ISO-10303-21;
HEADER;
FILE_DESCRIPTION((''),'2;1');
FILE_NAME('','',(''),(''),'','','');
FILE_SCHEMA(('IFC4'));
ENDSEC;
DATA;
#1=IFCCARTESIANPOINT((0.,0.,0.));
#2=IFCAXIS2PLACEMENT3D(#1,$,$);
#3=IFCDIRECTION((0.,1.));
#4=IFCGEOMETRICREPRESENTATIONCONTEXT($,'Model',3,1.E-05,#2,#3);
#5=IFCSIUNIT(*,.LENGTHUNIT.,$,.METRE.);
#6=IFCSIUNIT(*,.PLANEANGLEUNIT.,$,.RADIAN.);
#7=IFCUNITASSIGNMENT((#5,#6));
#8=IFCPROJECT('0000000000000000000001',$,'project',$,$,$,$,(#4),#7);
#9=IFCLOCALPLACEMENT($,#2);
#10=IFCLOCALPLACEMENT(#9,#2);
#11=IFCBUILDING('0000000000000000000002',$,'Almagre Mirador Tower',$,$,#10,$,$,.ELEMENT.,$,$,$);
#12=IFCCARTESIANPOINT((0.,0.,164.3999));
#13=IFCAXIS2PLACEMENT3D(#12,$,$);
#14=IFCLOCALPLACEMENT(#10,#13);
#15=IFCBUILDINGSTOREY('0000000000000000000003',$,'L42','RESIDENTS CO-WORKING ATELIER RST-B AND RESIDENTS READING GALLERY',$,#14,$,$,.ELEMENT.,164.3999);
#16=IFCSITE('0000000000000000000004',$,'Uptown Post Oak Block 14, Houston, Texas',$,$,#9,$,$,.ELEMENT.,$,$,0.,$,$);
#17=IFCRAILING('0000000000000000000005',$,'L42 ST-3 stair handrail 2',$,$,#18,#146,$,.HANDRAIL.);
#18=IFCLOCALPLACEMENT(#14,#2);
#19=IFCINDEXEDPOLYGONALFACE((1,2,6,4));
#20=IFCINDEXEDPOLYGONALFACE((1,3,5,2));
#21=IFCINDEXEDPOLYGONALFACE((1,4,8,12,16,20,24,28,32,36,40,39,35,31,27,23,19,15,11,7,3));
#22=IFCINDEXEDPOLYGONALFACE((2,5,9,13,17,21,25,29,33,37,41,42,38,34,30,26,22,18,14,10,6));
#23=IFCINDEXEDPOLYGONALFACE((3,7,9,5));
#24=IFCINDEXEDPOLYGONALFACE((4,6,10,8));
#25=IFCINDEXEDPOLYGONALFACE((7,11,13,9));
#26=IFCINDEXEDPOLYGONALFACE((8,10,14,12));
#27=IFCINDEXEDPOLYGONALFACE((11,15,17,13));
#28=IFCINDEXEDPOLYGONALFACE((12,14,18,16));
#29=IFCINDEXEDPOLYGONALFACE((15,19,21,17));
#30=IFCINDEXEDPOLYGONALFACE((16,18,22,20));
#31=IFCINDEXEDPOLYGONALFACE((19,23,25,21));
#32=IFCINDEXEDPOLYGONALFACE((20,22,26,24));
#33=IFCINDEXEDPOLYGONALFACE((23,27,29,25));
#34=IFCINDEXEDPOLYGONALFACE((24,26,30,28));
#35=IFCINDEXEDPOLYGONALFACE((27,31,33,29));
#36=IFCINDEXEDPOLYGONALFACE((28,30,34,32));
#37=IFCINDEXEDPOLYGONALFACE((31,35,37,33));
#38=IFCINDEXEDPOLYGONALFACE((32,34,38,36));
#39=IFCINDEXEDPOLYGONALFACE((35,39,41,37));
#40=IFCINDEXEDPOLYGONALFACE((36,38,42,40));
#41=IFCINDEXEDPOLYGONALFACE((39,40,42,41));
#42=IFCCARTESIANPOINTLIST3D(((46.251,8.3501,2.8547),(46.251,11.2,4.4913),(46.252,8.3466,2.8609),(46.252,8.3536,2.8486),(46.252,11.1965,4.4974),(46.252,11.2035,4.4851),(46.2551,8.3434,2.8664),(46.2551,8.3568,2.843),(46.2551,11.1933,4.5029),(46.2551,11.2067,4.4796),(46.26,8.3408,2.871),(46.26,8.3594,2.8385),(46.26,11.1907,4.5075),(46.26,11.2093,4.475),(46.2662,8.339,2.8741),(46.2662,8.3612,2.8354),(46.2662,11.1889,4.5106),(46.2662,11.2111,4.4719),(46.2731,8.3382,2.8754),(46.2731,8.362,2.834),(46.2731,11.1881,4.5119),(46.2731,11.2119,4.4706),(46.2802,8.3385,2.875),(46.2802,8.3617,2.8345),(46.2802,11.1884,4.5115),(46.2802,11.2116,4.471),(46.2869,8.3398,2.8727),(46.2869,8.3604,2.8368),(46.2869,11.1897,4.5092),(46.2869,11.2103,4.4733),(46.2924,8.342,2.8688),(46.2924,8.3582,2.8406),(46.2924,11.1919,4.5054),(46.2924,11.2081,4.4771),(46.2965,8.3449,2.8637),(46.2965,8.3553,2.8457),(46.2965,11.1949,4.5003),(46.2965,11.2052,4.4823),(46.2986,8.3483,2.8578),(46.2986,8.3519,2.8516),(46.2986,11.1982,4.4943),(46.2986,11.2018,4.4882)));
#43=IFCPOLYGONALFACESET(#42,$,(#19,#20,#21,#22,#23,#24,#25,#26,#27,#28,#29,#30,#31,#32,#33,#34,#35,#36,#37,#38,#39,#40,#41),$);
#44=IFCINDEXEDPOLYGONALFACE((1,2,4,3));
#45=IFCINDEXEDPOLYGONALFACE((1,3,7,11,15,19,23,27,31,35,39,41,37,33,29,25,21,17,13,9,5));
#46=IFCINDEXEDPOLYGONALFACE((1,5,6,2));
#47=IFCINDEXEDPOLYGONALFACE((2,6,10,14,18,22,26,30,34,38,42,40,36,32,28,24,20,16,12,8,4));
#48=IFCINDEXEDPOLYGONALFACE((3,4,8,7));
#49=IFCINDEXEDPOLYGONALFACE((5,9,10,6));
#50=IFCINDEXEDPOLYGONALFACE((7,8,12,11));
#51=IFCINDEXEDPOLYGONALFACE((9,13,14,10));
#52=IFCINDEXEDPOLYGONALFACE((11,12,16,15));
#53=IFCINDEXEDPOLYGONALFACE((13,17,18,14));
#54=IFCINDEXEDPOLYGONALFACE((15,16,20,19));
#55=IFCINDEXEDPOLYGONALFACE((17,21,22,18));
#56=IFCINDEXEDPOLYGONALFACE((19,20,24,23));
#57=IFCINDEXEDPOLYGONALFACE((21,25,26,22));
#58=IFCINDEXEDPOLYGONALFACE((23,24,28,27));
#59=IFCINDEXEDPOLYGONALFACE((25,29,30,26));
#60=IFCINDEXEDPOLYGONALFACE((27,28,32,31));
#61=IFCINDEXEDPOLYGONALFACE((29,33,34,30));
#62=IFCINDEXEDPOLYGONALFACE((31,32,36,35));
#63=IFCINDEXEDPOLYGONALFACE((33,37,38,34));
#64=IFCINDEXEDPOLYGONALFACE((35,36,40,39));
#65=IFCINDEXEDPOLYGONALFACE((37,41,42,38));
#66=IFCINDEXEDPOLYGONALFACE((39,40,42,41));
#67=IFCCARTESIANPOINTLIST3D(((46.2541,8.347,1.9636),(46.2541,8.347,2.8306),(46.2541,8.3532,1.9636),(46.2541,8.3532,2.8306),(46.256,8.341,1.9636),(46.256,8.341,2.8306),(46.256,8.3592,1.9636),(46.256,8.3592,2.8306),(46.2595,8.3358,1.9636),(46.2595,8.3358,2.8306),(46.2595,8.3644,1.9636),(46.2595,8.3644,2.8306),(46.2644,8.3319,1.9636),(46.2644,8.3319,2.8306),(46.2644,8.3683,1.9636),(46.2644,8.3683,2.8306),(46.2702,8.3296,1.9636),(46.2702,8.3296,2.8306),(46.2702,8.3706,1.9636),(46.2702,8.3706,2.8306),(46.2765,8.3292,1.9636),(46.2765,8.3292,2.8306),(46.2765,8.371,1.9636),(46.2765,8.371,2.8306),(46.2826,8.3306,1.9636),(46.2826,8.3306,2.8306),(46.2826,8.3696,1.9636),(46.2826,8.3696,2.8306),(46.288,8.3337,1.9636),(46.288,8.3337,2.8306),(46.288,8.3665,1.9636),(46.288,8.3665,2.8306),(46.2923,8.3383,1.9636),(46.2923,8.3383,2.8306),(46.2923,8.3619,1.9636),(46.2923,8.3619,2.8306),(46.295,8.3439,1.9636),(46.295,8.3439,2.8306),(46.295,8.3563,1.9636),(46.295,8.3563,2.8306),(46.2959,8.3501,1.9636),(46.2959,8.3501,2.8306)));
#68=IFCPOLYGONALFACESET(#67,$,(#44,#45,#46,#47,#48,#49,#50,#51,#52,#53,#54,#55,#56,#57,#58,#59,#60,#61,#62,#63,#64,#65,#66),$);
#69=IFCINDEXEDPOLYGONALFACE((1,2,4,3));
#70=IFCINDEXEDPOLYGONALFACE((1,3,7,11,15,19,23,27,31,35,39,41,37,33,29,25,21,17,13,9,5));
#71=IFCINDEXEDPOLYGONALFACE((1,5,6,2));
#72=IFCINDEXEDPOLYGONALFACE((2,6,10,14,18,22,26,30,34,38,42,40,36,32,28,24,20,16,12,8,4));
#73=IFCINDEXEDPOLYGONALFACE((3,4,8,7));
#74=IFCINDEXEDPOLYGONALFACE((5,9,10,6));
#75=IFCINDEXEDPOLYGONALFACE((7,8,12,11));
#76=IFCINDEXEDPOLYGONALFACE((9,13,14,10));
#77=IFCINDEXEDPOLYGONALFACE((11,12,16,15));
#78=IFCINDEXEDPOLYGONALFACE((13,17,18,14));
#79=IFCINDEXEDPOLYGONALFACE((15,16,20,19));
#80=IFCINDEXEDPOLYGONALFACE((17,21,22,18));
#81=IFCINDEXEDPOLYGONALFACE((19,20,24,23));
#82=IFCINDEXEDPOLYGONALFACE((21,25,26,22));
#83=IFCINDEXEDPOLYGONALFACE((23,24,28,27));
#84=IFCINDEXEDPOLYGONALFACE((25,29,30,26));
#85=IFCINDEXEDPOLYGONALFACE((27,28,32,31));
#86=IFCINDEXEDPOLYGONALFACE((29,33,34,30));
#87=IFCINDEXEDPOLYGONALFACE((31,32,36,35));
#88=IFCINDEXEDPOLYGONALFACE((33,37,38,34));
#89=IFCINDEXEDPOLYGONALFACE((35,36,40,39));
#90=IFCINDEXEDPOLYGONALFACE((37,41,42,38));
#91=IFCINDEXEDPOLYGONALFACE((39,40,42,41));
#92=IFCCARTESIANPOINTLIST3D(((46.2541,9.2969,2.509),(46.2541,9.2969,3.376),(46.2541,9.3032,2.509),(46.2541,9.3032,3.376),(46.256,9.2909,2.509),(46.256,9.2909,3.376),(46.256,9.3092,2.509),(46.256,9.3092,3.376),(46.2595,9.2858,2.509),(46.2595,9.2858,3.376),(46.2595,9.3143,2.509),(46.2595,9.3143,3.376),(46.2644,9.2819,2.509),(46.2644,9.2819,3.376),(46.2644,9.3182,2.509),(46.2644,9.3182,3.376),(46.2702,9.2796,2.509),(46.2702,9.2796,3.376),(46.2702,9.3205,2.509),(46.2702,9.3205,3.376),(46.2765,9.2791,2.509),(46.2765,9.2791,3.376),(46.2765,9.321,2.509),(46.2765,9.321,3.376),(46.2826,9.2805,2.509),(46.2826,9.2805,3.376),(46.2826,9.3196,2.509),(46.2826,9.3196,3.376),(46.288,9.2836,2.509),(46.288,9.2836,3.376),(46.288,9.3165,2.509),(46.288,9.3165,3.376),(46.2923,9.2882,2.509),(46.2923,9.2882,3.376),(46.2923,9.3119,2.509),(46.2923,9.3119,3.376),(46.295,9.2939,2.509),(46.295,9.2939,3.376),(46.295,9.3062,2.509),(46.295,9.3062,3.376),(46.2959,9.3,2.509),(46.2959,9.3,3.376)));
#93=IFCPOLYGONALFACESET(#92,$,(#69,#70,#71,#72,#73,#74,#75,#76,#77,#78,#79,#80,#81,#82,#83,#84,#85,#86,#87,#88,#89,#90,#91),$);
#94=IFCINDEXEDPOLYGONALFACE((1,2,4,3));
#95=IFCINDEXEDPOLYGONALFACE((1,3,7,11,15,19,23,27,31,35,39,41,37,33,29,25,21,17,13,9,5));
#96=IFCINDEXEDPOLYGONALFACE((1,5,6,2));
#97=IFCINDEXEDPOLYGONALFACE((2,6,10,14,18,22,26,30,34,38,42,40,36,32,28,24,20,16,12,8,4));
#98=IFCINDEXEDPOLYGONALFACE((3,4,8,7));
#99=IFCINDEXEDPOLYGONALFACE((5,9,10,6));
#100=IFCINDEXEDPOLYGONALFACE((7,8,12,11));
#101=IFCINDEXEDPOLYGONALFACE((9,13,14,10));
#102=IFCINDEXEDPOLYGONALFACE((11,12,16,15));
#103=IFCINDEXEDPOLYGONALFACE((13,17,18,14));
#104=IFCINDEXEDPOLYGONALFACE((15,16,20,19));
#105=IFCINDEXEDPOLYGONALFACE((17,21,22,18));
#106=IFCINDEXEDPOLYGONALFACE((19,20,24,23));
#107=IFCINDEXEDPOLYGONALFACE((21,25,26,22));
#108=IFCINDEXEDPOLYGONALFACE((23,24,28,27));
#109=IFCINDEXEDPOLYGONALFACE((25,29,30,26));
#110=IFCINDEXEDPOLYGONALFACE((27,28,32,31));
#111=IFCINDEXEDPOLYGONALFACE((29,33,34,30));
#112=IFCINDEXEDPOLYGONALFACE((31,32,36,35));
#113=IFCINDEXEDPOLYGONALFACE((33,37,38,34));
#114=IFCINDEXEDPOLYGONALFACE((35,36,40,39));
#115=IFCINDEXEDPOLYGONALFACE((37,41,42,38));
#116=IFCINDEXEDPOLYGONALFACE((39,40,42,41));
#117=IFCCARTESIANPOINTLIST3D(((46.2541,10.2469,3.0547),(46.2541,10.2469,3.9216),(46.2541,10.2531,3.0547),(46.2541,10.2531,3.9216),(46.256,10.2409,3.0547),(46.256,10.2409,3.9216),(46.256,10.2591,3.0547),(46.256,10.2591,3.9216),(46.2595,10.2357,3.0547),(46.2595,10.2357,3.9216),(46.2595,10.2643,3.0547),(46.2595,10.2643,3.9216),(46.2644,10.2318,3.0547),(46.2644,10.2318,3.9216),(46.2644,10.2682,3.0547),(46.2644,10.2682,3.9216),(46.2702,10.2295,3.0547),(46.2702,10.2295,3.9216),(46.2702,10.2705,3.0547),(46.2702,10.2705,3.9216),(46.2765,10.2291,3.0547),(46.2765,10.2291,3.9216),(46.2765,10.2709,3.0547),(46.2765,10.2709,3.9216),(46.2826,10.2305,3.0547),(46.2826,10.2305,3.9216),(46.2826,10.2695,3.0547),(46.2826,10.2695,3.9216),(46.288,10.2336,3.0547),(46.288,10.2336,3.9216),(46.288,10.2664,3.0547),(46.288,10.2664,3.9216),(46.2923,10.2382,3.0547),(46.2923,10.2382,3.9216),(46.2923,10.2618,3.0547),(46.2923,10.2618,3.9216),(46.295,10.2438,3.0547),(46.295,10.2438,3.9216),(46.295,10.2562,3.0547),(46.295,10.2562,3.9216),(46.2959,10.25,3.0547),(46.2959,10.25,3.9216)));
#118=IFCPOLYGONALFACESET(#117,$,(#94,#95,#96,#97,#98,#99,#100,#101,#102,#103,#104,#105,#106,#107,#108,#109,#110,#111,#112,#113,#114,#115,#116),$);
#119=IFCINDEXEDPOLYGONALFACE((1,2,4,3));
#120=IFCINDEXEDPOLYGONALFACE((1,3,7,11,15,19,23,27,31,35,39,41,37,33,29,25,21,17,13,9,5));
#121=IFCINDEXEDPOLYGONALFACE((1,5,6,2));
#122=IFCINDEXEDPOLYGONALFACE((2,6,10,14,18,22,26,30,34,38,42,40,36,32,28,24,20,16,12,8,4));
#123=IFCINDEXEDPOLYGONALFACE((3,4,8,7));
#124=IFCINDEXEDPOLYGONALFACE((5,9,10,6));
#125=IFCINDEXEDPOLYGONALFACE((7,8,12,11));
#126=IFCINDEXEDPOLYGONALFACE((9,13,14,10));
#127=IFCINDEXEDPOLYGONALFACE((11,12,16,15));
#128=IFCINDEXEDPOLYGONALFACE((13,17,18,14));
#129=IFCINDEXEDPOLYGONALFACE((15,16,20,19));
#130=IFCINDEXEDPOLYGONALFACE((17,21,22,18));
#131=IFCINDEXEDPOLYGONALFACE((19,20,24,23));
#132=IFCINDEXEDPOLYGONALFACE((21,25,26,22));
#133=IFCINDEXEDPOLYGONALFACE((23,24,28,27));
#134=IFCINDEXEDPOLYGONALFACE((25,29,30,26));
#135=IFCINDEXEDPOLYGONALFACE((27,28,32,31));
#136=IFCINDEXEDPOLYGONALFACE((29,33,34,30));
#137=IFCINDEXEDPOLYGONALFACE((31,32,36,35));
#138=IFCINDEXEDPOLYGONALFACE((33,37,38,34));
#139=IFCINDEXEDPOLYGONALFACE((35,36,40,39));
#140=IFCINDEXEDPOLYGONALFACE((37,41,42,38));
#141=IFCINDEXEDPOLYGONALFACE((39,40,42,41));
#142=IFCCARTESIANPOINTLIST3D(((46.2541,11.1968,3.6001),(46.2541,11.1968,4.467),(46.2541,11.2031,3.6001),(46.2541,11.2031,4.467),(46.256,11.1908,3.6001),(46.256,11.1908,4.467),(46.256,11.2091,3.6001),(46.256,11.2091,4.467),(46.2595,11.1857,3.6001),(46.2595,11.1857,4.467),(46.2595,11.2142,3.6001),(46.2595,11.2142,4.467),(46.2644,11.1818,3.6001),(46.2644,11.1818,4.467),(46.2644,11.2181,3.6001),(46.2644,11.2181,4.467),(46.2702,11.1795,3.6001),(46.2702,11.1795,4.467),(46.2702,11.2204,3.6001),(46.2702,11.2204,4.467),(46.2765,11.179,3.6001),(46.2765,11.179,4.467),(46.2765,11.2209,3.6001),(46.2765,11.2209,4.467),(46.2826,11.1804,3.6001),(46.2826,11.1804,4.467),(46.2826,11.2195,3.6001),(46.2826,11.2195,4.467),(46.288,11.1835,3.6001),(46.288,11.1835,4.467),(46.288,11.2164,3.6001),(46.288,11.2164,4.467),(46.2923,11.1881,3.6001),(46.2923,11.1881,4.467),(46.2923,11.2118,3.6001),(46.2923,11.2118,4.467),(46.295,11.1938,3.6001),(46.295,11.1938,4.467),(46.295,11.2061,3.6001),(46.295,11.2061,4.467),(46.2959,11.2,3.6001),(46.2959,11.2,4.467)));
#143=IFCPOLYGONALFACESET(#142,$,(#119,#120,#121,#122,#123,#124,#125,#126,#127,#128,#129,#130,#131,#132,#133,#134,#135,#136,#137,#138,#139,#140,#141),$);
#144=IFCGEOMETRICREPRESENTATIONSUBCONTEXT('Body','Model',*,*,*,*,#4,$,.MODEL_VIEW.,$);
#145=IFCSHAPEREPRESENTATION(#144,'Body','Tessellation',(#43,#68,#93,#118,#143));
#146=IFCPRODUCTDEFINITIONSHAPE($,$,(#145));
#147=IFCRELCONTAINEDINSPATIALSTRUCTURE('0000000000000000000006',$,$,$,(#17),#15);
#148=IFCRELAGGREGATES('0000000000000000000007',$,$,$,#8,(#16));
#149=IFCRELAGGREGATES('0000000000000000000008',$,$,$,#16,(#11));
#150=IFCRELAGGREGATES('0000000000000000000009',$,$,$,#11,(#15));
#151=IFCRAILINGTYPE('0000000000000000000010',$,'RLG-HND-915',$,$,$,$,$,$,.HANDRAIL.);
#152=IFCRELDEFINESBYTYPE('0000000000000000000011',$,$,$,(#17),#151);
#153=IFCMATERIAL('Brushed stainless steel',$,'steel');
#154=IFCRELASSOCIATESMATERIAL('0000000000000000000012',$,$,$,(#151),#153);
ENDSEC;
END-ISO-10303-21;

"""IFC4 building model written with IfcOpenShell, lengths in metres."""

from ifc_helpers import new_model, si_unit, direction, frame, origin, origin_2d, place, context, subcontext, project, spatial, circle, extrude, material, type_object, element, save


model = new_model("IFC4")

# Units and contexts
model_context = context("Model", 3, precision=1e-05, world=origin(), true_north=direction((0.0, 1.0)))
body_context = subcontext(model_context, "Body", "Model", "MODEL_VIEW")
ifc_project = project(units=[si_unit("LENGTHUNIT", "METRE"), si_unit("PLANEANGLEUNIT", "RADIAN")], contexts=[model_context])

# Site, building, storey
site_placement = place(None, origin())
site = spatial("IfcSite", under=ifc_project, at=site_placement, Name="Uptown Post Oak Block 14, Houston, Texas", CompositionType="ELEMENT", RefElevation=0.0)
building_placement = place(site_placement, origin())
building = spatial("IfcBuilding", under=site, at=building_placement, Name="Almagre Mirador Tower", CompositionType="ELEMENT")
storey_placement = place(building_placement, frame((0.0, 0.0, 164.3999)))
storey = spatial("IfcBuildingStorey", under=building, at=storey_placement, Name="L42", Description="RESIDENTS CO-WORKING ATELIER RST-B AND RESIDENTS READING GALLERY", CompositionType="ELEMENT", Elevation=164.3999)

# Railing
ifc_material_1 = material(Name="Brushed stainless steel", Category="steel")
railing_type = type_object("IfcRailingType", Name="RLG-HND-915", PredefinedType="HANDRAIL", material=ifc_material_1)
railing_placement = place(storey_placement, frame((46.2749, 8.3501, 1.9636)))
element("IfcRailing", 1, at=railing_placement, inside=storey, type_object=railing_type, Name="L42 ST-3 stair handrail 2", PredefinedType="HANDRAIL", context=body_context, shape_type="SweptSolid", body=[
    extrude(circle(Radius=0.0239, at=origin_2d()), frame((0.0, 0.0, 0.8911), z_axis=(0.0, 0.867194, 0.49797), x_axis=(-1.0, 0.0, 0.0)), (0.0, 0.0, 1.0), 3.2864),
    extrude(circle(Radius=0.021, at=origin_2d()), origin(), (0.0, 0.0, 1.0), 0.8669),
    extrude(circle(Radius=0.021, at=origin_2d()), frame((0.0, 0.95, 0.5454)), (0.0, 0.0, 1.0), 0.8669),
    extrude(circle(Radius=0.021, at=origin_2d()), frame((0.0, 1.8999, 1.0911)), (0.0, 0.0, 1.0), 0.8669),
    extrude(circle(Radius=0.021, at=origin_2d()), frame((0.0, 2.8499, 1.6365)), (0.0, 0.0, 1.0), 0.8669),
])

save(model, "model.ifc")
